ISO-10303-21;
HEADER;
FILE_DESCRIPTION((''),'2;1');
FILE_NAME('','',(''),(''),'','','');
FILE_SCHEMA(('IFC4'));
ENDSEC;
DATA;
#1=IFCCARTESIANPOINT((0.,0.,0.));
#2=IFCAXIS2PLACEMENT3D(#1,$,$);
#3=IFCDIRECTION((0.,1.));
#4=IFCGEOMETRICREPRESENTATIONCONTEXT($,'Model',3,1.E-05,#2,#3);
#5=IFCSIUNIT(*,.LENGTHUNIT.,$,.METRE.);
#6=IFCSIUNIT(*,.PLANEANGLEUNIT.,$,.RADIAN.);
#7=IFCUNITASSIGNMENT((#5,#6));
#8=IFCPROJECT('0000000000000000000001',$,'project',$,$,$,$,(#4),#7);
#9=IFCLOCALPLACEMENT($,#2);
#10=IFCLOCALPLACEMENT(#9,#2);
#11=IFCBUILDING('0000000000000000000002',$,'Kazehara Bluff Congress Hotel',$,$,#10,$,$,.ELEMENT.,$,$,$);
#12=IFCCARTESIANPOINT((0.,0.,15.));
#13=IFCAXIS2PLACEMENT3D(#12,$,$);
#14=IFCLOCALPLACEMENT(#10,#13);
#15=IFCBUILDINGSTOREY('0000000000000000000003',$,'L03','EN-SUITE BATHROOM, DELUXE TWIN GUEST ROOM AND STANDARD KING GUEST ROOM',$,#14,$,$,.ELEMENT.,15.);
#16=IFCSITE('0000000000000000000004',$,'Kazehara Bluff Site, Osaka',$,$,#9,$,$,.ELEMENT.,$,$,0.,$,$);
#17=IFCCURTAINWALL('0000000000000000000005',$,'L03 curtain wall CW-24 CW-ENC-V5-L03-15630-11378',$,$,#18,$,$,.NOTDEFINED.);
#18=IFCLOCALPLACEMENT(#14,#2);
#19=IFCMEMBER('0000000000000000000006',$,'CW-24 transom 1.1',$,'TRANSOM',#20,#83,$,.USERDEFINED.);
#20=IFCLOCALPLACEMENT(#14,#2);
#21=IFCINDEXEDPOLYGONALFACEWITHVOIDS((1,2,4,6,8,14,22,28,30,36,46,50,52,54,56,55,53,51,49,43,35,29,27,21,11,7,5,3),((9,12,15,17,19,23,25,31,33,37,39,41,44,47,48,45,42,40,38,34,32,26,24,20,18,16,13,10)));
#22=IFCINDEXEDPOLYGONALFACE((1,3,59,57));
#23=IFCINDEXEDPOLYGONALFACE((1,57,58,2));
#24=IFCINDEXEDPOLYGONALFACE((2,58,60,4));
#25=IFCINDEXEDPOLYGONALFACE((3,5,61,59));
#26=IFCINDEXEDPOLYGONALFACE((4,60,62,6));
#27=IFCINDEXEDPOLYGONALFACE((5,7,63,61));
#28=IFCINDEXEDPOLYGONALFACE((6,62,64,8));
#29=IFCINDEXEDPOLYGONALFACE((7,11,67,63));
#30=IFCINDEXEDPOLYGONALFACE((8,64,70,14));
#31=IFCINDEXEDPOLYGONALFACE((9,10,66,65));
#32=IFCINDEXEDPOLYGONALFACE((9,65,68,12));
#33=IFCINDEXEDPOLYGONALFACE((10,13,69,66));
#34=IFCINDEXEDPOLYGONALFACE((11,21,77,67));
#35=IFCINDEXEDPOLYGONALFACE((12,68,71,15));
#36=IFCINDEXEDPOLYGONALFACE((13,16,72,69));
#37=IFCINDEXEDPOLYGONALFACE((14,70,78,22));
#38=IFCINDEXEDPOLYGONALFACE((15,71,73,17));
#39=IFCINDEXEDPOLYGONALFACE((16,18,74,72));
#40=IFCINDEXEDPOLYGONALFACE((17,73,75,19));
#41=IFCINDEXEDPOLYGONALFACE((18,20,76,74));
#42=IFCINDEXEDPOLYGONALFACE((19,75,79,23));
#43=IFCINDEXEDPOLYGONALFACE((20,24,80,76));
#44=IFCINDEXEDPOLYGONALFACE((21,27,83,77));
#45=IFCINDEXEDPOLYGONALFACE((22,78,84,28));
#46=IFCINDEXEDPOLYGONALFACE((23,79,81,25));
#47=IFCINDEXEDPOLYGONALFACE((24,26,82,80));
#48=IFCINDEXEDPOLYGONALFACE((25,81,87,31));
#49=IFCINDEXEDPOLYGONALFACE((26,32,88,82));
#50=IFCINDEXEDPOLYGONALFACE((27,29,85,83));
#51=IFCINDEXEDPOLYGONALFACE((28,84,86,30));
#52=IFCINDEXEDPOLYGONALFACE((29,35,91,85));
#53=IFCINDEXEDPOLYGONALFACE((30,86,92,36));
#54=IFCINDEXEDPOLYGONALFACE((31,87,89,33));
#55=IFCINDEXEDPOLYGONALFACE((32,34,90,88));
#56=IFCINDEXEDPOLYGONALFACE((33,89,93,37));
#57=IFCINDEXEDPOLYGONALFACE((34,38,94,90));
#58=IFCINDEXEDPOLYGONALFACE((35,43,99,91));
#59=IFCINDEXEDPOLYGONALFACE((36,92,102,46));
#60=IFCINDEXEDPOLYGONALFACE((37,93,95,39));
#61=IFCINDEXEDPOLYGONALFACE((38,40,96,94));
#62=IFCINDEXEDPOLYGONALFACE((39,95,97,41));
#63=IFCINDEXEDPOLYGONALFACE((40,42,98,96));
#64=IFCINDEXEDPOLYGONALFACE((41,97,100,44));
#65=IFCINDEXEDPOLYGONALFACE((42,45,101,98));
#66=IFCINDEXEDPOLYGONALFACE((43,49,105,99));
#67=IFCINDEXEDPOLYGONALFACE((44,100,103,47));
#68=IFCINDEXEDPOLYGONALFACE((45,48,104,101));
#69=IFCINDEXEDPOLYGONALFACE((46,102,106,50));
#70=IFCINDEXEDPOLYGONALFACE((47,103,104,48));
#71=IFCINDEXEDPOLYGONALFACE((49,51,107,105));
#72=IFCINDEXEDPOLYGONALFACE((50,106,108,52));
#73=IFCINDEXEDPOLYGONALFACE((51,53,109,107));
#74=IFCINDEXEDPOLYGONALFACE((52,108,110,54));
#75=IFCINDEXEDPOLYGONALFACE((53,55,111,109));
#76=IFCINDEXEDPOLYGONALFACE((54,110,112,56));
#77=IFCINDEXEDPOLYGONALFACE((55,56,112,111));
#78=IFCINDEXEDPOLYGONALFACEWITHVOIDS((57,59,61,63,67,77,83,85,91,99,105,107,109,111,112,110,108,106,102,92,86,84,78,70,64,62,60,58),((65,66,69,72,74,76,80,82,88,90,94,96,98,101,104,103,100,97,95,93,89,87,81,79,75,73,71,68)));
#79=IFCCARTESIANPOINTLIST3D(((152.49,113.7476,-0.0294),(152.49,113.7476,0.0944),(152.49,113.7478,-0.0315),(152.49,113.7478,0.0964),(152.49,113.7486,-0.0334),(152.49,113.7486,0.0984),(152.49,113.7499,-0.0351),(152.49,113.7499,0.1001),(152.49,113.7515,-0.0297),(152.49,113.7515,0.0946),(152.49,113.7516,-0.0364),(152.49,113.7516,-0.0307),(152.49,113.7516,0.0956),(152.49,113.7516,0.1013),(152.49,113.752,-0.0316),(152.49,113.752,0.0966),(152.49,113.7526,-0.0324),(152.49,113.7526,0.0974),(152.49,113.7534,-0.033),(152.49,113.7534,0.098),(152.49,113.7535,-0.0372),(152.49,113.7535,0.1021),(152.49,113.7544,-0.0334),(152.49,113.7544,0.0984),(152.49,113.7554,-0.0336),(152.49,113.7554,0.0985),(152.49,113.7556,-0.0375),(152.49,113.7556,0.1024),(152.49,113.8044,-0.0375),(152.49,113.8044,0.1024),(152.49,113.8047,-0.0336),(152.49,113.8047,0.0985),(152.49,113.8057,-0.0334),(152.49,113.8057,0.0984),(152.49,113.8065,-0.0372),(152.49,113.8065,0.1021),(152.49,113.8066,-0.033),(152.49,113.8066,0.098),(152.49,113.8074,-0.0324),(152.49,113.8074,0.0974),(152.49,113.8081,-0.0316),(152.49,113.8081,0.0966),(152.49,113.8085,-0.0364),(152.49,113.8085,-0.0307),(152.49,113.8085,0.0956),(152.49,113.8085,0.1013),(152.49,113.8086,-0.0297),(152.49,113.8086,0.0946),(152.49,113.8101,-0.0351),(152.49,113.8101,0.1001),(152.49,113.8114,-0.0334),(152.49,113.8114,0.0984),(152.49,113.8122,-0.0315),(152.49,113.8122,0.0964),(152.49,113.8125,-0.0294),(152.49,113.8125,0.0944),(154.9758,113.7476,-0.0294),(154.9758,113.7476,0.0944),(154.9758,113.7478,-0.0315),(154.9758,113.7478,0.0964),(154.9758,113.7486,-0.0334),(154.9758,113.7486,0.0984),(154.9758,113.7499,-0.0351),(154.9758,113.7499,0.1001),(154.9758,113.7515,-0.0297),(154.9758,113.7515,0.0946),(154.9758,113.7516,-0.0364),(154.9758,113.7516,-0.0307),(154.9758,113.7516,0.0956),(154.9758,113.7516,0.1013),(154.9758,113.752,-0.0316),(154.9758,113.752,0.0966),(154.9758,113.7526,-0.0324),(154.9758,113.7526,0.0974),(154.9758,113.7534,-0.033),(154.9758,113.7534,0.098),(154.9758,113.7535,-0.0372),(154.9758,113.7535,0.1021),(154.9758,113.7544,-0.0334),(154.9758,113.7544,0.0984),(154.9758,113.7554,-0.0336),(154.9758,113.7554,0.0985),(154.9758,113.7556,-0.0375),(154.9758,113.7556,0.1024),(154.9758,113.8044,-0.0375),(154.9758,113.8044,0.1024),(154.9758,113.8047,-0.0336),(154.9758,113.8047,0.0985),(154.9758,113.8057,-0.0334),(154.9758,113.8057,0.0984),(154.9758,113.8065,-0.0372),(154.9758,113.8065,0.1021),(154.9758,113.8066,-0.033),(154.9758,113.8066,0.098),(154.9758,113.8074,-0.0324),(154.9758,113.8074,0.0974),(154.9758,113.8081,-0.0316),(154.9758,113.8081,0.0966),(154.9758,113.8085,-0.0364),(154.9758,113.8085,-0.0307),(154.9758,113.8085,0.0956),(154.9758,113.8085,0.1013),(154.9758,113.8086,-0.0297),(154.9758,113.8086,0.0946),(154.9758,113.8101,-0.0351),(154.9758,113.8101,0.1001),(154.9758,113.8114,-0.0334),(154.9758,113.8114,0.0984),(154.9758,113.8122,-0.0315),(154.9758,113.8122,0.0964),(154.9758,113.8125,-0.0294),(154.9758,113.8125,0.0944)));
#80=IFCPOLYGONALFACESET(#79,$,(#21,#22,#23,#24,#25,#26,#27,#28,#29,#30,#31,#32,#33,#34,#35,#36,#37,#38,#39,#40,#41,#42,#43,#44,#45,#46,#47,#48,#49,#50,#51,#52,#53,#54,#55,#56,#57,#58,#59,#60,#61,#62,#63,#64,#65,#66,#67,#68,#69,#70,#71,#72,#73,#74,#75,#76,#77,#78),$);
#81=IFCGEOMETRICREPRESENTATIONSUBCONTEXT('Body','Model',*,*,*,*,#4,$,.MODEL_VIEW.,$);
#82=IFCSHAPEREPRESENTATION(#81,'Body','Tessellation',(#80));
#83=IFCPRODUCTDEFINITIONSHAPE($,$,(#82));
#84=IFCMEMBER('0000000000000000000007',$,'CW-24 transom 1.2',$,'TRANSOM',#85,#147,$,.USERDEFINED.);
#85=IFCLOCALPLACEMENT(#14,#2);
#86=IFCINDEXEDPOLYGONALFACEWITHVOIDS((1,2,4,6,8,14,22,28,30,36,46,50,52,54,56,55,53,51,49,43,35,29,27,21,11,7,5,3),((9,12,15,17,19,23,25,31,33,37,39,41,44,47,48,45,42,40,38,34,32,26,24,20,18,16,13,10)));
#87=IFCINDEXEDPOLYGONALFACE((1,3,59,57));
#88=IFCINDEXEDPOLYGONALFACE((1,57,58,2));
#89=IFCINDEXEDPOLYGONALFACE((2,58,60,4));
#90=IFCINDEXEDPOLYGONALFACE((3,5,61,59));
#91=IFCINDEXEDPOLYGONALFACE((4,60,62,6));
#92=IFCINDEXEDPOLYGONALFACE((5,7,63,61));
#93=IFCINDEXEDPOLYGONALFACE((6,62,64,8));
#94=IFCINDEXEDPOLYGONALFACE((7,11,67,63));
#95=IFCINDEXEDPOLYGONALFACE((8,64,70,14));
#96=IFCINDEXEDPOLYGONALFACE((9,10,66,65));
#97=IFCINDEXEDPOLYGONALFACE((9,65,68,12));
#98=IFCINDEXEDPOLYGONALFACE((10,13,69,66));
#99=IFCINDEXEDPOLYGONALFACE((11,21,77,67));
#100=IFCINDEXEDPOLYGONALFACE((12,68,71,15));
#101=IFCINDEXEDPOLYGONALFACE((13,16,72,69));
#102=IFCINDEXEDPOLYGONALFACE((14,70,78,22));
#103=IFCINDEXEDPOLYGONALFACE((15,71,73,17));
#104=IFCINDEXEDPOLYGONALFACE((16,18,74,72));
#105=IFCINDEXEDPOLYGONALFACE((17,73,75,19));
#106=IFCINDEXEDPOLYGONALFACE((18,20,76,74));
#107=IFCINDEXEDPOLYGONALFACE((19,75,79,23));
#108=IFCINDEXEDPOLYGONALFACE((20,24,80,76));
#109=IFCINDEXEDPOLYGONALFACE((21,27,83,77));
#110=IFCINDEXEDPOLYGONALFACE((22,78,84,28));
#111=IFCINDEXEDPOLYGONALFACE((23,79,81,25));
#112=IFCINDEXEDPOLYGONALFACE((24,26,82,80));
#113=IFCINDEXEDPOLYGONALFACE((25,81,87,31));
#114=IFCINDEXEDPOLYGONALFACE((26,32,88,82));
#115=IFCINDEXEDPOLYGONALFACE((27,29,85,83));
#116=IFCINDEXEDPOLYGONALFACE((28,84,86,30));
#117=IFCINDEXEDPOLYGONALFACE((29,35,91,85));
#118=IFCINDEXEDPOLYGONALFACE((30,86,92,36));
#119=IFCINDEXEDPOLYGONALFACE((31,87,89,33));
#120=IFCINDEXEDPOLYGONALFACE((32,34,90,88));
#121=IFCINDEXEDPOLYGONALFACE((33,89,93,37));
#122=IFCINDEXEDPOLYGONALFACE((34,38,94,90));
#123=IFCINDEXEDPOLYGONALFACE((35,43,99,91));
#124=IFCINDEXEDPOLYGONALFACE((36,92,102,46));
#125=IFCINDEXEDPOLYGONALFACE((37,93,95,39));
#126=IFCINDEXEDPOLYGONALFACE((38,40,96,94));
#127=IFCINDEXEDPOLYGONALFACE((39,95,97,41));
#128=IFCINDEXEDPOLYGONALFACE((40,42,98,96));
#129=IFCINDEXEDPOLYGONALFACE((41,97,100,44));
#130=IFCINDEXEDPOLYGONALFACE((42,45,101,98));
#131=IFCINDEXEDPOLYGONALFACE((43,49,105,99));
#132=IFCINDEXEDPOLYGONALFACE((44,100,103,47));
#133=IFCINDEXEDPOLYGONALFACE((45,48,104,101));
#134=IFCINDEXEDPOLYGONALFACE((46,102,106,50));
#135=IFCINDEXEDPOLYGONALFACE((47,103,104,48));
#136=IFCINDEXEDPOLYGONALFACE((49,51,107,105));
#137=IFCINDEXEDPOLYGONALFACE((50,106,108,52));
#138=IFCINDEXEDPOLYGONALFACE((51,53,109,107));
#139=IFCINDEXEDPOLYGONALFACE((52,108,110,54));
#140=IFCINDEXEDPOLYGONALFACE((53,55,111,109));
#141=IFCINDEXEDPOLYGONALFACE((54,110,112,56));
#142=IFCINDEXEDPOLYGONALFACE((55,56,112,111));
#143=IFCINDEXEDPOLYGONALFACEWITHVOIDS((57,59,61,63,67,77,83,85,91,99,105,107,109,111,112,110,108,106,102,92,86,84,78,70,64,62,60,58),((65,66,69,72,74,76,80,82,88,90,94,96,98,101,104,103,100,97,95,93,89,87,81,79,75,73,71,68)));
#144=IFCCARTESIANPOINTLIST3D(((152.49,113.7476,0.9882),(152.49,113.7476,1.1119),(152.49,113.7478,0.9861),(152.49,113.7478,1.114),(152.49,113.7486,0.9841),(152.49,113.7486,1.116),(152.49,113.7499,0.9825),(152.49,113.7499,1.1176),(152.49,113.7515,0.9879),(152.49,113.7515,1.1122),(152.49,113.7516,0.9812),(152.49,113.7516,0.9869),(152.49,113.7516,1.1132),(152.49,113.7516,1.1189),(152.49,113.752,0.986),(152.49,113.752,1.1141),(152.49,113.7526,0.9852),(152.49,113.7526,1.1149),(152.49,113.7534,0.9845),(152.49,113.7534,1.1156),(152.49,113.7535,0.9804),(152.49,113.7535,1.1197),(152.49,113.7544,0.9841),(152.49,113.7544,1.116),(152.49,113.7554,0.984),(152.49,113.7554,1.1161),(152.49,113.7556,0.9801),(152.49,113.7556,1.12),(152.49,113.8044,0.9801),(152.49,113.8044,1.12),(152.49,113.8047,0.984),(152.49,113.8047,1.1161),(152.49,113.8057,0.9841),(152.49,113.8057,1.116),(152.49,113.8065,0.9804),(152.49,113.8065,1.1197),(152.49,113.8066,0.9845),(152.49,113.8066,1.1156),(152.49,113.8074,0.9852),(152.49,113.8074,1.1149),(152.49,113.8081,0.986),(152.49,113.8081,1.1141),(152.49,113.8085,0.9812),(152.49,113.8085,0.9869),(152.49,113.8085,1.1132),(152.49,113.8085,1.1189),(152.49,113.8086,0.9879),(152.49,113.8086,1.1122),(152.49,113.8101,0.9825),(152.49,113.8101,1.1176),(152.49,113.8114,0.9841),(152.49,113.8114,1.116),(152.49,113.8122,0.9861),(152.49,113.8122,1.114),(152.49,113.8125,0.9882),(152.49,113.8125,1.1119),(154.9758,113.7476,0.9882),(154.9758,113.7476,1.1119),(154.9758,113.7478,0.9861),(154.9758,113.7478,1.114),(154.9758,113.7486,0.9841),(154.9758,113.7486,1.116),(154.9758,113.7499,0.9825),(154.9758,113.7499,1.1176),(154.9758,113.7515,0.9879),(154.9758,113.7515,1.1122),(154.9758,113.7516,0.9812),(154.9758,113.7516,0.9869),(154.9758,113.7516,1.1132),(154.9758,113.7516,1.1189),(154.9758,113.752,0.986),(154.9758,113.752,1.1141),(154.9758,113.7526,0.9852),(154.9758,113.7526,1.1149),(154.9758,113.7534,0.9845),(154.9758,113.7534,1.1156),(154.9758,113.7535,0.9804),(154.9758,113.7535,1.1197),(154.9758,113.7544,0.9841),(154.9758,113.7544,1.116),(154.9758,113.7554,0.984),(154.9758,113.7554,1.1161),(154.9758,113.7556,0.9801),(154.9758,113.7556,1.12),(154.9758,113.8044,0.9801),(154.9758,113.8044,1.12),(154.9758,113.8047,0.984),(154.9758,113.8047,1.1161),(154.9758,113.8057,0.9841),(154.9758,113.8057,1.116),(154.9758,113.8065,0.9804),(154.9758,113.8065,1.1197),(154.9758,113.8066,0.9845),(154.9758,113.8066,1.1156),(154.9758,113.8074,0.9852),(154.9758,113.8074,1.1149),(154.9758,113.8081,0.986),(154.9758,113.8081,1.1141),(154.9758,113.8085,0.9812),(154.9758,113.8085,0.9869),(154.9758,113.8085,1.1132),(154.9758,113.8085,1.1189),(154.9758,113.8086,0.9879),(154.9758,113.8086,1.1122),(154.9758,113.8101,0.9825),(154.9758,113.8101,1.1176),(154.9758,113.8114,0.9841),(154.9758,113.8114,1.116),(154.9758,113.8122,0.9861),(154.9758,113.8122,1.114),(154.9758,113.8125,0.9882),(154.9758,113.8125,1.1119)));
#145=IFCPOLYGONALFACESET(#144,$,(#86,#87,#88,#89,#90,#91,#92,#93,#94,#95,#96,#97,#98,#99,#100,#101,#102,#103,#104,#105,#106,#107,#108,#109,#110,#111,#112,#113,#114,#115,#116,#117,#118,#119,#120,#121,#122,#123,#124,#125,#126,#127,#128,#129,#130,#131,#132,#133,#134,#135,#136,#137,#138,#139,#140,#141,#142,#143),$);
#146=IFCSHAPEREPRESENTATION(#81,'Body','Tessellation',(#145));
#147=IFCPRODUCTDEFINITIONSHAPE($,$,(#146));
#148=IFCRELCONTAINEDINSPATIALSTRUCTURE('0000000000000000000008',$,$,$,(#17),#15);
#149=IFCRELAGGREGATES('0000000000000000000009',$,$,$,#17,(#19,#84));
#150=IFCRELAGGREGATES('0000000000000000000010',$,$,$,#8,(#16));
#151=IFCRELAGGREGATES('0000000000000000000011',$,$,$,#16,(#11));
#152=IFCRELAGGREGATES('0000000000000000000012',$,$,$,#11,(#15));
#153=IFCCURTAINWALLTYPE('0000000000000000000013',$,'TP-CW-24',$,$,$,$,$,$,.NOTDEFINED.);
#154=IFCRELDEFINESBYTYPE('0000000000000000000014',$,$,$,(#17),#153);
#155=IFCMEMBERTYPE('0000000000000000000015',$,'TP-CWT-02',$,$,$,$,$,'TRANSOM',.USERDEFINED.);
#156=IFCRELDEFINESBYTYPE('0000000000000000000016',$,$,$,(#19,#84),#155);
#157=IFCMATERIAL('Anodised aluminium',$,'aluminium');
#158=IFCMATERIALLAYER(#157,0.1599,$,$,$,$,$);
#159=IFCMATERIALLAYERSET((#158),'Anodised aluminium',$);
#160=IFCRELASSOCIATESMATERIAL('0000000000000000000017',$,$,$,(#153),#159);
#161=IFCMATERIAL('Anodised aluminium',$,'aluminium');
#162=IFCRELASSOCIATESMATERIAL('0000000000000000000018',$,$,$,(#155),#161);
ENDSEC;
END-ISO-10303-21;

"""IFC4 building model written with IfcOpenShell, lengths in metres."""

from ifc_helpers import new_model, si_unit, direction, frame, origin, origin_2d, place, context, subcontext, project, spatial, hollow_rectangle, extrude, material, layer, layer_set, material_profile, profile_set, type_object, element, aggregate, save


model = new_model("IFC4")

# Units and contexts
model_context = context("Model", 3, precision=1e-05, world=origin(), true_north=direction((0.0, 1.0)))
body_context = subcontext(model_context, "Body", "Model", "MODEL_VIEW")
ifc_project = project(units=[si_unit("LENGTHUNIT", "METRE"), si_unit("PLANEANGLEUNIT", "RADIAN")], contexts=[model_context])

# Site, building, storey
site_placement = place(None, origin())
site = spatial("IfcSite", under=ifc_project, at=site_placement, Name="Kazehara Bluff Site, Osaka", CompositionType="ELEMENT", RefElevation=0.0)
building_placement = place(site_placement, origin())
building = spatial("IfcBuilding", under=site, at=building_placement, Name="Kazehara Bluff Congress Hotel", CompositionType="ELEMENT")
storey_placement = place(building_placement, frame((0.0, 0.0, 15.0)))
storey = spatial("IfcBuildingStorey", under=building, at=storey_placement, Name="L03", Description="EN-SUITE BATHROOM, DELUXE TWIN GUEST ROOM AND STANDARD KING GUEST ROOM", CompositionType="ELEMENT", Elevation=15.0)

# Shared definitions
ifc_material_1 = material(Name="Anodised aluminium", Category="aluminium")
ifc_layer_1 = layer(ifc_material_1, 0.1599)
ifc_layer_set_1 = layer_set([ifc_layer_1], Name="Anodised aluminium")
curtain_wall_type = type_object("IfcCurtainWallType", Name="TP-CW-24", PredefinedType="NOTDEFINED", material=ifc_layer_set_1)

# Curtain wall
curtain_wall_1_placement = place(storey_placement, origin())
curtain_wall_1 = element("IfcCurtainWall", 1, at=curtain_wall_1_placement, inside=storey, type_object=curtain_wall_type, Name="L03 curtain wall CW-24 CW-ENC-V5-L03-15630-11378", PredefinedType="NOTDEFINED")

# Members
ifc_material_2 = material(Name="Anodised aluminium", Category="aluminium")
ifc_material_profile_1 = material_profile(ifc_material_2, hollow_rectangle(XDim=0.0649, YDim=0.1399, WallThickness=0.0039, InnerFilletRadius=0.0039, OuterFilletRadius=0.0081, at=origin_2d()))
ifc_profile_set_1 = profile_set([ifc_material_profile_1], Name="Anodised aluminium")
member_type_1 = type_object("IfcMemberType", Name="TP-CWT-02", ElementType="TRANSOM", PredefinedType="USERDEFINED", material=ifc_profile_set_1)
member_1_placement = place(storey_placement, frame((152.49, 113.78, 0.0325), z_axis=(1.0, 0.0, 0.0), x_axis=(0.0, 1.0, 0.0)))
member_1 = element("IfcMember", 2, at=member_1_placement, type_object=member_type_1, Name="CW-24 transom 1.1", ObjectType="TRANSOM", PredefinedType="USERDEFINED", context=body_context, shape_type="SweptSolid", body=[
    extrude(hollow_rectangle(XDim=0.0649, YDim=0.1399, WallThickness=0.0039, InnerFilletRadius=0.0039, OuterFilletRadius=0.0081, at=origin_2d()), origin(), (0.0, 0.0, 1.0), 2.4858),
])
member_2_placement = place(storey_placement, frame((152.49, 113.78, 1.05), z_axis=(1.0, 0.0, 0.0), x_axis=(0.0, 1.0, 0.0)))
member_2 = element("IfcMember", 3, at=member_2_placement, type_object=member_type_1, Name="CW-24 transom 1.2", ObjectType="TRANSOM", PredefinedType="USERDEFINED", context=body_context, shape_type="SweptSolid", body=[
    extrude(hollow_rectangle(XDim=0.0649, YDim=0.1399, WallThickness=0.0039, InnerFilletRadius=0.0039, OuterFilletRadius=0.0081, at=origin_2d()), origin(), (0.0, 0.0, 1.0), 2.4858),
])

aggregate(curtain_wall_1, [member_1, member_2])

save(model, "model.ifc")
